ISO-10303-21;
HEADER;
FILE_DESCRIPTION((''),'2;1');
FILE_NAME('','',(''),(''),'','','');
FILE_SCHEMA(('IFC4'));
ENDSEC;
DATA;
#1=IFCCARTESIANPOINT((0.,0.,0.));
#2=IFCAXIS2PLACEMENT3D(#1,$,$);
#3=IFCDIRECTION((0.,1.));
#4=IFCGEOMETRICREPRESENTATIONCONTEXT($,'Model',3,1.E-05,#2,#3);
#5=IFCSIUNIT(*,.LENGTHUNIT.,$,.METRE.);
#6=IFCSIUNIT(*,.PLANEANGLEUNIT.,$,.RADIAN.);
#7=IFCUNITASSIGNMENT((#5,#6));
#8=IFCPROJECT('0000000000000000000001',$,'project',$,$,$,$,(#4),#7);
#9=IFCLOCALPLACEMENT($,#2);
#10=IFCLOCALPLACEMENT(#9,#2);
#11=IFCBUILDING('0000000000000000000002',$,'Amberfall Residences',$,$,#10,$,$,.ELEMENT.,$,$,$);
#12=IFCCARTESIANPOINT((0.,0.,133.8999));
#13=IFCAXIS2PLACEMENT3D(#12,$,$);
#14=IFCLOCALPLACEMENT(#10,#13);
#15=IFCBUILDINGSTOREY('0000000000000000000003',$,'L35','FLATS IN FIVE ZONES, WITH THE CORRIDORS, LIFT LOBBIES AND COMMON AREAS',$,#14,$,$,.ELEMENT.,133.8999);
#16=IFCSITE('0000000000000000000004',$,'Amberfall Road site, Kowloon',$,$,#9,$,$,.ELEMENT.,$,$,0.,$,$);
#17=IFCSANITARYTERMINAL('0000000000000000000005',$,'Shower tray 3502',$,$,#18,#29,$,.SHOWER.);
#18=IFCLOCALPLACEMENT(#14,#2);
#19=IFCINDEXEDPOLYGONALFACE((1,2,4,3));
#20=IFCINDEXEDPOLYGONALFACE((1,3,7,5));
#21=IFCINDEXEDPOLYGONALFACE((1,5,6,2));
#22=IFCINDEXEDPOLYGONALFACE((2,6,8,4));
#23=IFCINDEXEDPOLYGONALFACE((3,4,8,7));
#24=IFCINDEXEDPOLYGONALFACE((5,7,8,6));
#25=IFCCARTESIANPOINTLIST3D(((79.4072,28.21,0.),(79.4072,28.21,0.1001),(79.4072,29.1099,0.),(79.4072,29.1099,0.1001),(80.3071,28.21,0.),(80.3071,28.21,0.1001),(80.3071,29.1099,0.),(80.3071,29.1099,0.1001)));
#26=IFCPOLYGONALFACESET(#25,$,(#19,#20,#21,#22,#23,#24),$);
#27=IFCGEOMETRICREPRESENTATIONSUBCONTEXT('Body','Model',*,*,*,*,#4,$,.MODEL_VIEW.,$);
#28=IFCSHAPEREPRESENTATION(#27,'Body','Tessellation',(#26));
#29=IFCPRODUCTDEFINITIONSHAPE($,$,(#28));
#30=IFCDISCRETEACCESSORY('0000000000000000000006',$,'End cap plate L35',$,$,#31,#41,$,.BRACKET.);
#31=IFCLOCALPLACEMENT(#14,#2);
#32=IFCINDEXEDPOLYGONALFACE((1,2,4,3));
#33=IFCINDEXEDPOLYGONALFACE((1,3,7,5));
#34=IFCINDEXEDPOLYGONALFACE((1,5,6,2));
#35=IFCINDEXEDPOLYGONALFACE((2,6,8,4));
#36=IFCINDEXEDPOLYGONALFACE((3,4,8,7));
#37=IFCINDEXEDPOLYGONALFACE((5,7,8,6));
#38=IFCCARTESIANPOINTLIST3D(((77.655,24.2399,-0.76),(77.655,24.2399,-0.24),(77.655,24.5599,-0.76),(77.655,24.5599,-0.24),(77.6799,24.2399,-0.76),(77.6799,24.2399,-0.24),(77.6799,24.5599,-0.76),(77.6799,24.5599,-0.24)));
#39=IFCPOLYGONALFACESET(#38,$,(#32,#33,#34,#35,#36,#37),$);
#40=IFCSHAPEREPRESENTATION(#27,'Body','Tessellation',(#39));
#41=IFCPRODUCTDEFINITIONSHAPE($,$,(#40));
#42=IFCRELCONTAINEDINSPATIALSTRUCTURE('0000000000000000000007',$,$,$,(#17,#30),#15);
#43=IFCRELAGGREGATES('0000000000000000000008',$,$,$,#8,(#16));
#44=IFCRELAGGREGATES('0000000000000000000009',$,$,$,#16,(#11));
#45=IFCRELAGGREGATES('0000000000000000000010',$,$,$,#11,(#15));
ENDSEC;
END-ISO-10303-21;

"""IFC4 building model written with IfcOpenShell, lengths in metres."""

from ifc_helpers import new_model, si_unit, direction, frame, origin, origin_2d, place, context, subcontext, project, spatial, rectangle, extrude, element, save


model = new_model("IFC4")

# Units and contexts
model_context = context("Model", 3, precision=1e-05, world=origin(), true_north=direction((0.0, 1.0)))
body_context = subcontext(model_context, "Body", "Model", "MODEL_VIEW")
ifc_project = project(units=[si_unit("LENGTHUNIT", "METRE"), si_unit("PLANEANGLEUNIT", "RADIAN")], contexts=[model_context])

# Site, building, storey
site_placement = place(None, origin())
site = spatial("IfcSite", under=ifc_project, at=site_placement, Name="Amberfall Road site, Kowloon", CompositionType="ELEMENT", RefElevation=0.0)
building_placement = place(site_placement, origin())
building = spatial("IfcBuilding", under=site, at=building_placement, Name="Amberfall Residences", CompositionType="ELEMENT")
storey_placement = place(building_placement, frame((0.0, 0.0, 133.8999)))
storey = spatial("IfcBuildingStorey", under=building, at=storey_placement, Name="L35", Description="FLATS IN FIVE ZONES, WITH THE CORRIDORS, LIFT LOBBIES AND COMMON AREAS", CompositionType="ELEMENT", Elevation=133.8999)

# Sanitary terminal
sanitary_terminal_1_placement = place(storey_placement, frame((79.8572, 28.6599, 0.0), z_axis=(0.0, 0.0, 1.0), x_axis=(1.0, 0.0, 0.0)))
element("IfcSanitaryTerminal", 1, at=sanitary_terminal_1_placement, inside=storey, Name="Shower tray 3502", PredefinedType="SHOWER", context=body_context, shape_type="SweptSolid", body=[
    extrude(rectangle(XDim=0.8999, YDim=0.8999, at=origin_2d()), origin(), (0.0, 0.0, 1.0), 0.1001),
])

# Discrete accessory
discrete_accessory_placement = place(storey_placement, frame((77.6675, 24.3999, -0.76), z_axis=(0.0, 0.0, 1.0), x_axis=(-1.0, 0.0, 0.0)))
element("IfcDiscreteAccessory", 2, at=discrete_accessory_placement, inside=storey, Name="End cap plate L35", PredefinedType="BRACKET", context=body_context, shape_type="SweptSolid", body=[
    extrude(rectangle(XDim=0.0249, YDim=0.3201, at=origin_2d()), origin(), (0.0, 0.0, 1.0), 0.52),
])

save(model, "model.ifc")
